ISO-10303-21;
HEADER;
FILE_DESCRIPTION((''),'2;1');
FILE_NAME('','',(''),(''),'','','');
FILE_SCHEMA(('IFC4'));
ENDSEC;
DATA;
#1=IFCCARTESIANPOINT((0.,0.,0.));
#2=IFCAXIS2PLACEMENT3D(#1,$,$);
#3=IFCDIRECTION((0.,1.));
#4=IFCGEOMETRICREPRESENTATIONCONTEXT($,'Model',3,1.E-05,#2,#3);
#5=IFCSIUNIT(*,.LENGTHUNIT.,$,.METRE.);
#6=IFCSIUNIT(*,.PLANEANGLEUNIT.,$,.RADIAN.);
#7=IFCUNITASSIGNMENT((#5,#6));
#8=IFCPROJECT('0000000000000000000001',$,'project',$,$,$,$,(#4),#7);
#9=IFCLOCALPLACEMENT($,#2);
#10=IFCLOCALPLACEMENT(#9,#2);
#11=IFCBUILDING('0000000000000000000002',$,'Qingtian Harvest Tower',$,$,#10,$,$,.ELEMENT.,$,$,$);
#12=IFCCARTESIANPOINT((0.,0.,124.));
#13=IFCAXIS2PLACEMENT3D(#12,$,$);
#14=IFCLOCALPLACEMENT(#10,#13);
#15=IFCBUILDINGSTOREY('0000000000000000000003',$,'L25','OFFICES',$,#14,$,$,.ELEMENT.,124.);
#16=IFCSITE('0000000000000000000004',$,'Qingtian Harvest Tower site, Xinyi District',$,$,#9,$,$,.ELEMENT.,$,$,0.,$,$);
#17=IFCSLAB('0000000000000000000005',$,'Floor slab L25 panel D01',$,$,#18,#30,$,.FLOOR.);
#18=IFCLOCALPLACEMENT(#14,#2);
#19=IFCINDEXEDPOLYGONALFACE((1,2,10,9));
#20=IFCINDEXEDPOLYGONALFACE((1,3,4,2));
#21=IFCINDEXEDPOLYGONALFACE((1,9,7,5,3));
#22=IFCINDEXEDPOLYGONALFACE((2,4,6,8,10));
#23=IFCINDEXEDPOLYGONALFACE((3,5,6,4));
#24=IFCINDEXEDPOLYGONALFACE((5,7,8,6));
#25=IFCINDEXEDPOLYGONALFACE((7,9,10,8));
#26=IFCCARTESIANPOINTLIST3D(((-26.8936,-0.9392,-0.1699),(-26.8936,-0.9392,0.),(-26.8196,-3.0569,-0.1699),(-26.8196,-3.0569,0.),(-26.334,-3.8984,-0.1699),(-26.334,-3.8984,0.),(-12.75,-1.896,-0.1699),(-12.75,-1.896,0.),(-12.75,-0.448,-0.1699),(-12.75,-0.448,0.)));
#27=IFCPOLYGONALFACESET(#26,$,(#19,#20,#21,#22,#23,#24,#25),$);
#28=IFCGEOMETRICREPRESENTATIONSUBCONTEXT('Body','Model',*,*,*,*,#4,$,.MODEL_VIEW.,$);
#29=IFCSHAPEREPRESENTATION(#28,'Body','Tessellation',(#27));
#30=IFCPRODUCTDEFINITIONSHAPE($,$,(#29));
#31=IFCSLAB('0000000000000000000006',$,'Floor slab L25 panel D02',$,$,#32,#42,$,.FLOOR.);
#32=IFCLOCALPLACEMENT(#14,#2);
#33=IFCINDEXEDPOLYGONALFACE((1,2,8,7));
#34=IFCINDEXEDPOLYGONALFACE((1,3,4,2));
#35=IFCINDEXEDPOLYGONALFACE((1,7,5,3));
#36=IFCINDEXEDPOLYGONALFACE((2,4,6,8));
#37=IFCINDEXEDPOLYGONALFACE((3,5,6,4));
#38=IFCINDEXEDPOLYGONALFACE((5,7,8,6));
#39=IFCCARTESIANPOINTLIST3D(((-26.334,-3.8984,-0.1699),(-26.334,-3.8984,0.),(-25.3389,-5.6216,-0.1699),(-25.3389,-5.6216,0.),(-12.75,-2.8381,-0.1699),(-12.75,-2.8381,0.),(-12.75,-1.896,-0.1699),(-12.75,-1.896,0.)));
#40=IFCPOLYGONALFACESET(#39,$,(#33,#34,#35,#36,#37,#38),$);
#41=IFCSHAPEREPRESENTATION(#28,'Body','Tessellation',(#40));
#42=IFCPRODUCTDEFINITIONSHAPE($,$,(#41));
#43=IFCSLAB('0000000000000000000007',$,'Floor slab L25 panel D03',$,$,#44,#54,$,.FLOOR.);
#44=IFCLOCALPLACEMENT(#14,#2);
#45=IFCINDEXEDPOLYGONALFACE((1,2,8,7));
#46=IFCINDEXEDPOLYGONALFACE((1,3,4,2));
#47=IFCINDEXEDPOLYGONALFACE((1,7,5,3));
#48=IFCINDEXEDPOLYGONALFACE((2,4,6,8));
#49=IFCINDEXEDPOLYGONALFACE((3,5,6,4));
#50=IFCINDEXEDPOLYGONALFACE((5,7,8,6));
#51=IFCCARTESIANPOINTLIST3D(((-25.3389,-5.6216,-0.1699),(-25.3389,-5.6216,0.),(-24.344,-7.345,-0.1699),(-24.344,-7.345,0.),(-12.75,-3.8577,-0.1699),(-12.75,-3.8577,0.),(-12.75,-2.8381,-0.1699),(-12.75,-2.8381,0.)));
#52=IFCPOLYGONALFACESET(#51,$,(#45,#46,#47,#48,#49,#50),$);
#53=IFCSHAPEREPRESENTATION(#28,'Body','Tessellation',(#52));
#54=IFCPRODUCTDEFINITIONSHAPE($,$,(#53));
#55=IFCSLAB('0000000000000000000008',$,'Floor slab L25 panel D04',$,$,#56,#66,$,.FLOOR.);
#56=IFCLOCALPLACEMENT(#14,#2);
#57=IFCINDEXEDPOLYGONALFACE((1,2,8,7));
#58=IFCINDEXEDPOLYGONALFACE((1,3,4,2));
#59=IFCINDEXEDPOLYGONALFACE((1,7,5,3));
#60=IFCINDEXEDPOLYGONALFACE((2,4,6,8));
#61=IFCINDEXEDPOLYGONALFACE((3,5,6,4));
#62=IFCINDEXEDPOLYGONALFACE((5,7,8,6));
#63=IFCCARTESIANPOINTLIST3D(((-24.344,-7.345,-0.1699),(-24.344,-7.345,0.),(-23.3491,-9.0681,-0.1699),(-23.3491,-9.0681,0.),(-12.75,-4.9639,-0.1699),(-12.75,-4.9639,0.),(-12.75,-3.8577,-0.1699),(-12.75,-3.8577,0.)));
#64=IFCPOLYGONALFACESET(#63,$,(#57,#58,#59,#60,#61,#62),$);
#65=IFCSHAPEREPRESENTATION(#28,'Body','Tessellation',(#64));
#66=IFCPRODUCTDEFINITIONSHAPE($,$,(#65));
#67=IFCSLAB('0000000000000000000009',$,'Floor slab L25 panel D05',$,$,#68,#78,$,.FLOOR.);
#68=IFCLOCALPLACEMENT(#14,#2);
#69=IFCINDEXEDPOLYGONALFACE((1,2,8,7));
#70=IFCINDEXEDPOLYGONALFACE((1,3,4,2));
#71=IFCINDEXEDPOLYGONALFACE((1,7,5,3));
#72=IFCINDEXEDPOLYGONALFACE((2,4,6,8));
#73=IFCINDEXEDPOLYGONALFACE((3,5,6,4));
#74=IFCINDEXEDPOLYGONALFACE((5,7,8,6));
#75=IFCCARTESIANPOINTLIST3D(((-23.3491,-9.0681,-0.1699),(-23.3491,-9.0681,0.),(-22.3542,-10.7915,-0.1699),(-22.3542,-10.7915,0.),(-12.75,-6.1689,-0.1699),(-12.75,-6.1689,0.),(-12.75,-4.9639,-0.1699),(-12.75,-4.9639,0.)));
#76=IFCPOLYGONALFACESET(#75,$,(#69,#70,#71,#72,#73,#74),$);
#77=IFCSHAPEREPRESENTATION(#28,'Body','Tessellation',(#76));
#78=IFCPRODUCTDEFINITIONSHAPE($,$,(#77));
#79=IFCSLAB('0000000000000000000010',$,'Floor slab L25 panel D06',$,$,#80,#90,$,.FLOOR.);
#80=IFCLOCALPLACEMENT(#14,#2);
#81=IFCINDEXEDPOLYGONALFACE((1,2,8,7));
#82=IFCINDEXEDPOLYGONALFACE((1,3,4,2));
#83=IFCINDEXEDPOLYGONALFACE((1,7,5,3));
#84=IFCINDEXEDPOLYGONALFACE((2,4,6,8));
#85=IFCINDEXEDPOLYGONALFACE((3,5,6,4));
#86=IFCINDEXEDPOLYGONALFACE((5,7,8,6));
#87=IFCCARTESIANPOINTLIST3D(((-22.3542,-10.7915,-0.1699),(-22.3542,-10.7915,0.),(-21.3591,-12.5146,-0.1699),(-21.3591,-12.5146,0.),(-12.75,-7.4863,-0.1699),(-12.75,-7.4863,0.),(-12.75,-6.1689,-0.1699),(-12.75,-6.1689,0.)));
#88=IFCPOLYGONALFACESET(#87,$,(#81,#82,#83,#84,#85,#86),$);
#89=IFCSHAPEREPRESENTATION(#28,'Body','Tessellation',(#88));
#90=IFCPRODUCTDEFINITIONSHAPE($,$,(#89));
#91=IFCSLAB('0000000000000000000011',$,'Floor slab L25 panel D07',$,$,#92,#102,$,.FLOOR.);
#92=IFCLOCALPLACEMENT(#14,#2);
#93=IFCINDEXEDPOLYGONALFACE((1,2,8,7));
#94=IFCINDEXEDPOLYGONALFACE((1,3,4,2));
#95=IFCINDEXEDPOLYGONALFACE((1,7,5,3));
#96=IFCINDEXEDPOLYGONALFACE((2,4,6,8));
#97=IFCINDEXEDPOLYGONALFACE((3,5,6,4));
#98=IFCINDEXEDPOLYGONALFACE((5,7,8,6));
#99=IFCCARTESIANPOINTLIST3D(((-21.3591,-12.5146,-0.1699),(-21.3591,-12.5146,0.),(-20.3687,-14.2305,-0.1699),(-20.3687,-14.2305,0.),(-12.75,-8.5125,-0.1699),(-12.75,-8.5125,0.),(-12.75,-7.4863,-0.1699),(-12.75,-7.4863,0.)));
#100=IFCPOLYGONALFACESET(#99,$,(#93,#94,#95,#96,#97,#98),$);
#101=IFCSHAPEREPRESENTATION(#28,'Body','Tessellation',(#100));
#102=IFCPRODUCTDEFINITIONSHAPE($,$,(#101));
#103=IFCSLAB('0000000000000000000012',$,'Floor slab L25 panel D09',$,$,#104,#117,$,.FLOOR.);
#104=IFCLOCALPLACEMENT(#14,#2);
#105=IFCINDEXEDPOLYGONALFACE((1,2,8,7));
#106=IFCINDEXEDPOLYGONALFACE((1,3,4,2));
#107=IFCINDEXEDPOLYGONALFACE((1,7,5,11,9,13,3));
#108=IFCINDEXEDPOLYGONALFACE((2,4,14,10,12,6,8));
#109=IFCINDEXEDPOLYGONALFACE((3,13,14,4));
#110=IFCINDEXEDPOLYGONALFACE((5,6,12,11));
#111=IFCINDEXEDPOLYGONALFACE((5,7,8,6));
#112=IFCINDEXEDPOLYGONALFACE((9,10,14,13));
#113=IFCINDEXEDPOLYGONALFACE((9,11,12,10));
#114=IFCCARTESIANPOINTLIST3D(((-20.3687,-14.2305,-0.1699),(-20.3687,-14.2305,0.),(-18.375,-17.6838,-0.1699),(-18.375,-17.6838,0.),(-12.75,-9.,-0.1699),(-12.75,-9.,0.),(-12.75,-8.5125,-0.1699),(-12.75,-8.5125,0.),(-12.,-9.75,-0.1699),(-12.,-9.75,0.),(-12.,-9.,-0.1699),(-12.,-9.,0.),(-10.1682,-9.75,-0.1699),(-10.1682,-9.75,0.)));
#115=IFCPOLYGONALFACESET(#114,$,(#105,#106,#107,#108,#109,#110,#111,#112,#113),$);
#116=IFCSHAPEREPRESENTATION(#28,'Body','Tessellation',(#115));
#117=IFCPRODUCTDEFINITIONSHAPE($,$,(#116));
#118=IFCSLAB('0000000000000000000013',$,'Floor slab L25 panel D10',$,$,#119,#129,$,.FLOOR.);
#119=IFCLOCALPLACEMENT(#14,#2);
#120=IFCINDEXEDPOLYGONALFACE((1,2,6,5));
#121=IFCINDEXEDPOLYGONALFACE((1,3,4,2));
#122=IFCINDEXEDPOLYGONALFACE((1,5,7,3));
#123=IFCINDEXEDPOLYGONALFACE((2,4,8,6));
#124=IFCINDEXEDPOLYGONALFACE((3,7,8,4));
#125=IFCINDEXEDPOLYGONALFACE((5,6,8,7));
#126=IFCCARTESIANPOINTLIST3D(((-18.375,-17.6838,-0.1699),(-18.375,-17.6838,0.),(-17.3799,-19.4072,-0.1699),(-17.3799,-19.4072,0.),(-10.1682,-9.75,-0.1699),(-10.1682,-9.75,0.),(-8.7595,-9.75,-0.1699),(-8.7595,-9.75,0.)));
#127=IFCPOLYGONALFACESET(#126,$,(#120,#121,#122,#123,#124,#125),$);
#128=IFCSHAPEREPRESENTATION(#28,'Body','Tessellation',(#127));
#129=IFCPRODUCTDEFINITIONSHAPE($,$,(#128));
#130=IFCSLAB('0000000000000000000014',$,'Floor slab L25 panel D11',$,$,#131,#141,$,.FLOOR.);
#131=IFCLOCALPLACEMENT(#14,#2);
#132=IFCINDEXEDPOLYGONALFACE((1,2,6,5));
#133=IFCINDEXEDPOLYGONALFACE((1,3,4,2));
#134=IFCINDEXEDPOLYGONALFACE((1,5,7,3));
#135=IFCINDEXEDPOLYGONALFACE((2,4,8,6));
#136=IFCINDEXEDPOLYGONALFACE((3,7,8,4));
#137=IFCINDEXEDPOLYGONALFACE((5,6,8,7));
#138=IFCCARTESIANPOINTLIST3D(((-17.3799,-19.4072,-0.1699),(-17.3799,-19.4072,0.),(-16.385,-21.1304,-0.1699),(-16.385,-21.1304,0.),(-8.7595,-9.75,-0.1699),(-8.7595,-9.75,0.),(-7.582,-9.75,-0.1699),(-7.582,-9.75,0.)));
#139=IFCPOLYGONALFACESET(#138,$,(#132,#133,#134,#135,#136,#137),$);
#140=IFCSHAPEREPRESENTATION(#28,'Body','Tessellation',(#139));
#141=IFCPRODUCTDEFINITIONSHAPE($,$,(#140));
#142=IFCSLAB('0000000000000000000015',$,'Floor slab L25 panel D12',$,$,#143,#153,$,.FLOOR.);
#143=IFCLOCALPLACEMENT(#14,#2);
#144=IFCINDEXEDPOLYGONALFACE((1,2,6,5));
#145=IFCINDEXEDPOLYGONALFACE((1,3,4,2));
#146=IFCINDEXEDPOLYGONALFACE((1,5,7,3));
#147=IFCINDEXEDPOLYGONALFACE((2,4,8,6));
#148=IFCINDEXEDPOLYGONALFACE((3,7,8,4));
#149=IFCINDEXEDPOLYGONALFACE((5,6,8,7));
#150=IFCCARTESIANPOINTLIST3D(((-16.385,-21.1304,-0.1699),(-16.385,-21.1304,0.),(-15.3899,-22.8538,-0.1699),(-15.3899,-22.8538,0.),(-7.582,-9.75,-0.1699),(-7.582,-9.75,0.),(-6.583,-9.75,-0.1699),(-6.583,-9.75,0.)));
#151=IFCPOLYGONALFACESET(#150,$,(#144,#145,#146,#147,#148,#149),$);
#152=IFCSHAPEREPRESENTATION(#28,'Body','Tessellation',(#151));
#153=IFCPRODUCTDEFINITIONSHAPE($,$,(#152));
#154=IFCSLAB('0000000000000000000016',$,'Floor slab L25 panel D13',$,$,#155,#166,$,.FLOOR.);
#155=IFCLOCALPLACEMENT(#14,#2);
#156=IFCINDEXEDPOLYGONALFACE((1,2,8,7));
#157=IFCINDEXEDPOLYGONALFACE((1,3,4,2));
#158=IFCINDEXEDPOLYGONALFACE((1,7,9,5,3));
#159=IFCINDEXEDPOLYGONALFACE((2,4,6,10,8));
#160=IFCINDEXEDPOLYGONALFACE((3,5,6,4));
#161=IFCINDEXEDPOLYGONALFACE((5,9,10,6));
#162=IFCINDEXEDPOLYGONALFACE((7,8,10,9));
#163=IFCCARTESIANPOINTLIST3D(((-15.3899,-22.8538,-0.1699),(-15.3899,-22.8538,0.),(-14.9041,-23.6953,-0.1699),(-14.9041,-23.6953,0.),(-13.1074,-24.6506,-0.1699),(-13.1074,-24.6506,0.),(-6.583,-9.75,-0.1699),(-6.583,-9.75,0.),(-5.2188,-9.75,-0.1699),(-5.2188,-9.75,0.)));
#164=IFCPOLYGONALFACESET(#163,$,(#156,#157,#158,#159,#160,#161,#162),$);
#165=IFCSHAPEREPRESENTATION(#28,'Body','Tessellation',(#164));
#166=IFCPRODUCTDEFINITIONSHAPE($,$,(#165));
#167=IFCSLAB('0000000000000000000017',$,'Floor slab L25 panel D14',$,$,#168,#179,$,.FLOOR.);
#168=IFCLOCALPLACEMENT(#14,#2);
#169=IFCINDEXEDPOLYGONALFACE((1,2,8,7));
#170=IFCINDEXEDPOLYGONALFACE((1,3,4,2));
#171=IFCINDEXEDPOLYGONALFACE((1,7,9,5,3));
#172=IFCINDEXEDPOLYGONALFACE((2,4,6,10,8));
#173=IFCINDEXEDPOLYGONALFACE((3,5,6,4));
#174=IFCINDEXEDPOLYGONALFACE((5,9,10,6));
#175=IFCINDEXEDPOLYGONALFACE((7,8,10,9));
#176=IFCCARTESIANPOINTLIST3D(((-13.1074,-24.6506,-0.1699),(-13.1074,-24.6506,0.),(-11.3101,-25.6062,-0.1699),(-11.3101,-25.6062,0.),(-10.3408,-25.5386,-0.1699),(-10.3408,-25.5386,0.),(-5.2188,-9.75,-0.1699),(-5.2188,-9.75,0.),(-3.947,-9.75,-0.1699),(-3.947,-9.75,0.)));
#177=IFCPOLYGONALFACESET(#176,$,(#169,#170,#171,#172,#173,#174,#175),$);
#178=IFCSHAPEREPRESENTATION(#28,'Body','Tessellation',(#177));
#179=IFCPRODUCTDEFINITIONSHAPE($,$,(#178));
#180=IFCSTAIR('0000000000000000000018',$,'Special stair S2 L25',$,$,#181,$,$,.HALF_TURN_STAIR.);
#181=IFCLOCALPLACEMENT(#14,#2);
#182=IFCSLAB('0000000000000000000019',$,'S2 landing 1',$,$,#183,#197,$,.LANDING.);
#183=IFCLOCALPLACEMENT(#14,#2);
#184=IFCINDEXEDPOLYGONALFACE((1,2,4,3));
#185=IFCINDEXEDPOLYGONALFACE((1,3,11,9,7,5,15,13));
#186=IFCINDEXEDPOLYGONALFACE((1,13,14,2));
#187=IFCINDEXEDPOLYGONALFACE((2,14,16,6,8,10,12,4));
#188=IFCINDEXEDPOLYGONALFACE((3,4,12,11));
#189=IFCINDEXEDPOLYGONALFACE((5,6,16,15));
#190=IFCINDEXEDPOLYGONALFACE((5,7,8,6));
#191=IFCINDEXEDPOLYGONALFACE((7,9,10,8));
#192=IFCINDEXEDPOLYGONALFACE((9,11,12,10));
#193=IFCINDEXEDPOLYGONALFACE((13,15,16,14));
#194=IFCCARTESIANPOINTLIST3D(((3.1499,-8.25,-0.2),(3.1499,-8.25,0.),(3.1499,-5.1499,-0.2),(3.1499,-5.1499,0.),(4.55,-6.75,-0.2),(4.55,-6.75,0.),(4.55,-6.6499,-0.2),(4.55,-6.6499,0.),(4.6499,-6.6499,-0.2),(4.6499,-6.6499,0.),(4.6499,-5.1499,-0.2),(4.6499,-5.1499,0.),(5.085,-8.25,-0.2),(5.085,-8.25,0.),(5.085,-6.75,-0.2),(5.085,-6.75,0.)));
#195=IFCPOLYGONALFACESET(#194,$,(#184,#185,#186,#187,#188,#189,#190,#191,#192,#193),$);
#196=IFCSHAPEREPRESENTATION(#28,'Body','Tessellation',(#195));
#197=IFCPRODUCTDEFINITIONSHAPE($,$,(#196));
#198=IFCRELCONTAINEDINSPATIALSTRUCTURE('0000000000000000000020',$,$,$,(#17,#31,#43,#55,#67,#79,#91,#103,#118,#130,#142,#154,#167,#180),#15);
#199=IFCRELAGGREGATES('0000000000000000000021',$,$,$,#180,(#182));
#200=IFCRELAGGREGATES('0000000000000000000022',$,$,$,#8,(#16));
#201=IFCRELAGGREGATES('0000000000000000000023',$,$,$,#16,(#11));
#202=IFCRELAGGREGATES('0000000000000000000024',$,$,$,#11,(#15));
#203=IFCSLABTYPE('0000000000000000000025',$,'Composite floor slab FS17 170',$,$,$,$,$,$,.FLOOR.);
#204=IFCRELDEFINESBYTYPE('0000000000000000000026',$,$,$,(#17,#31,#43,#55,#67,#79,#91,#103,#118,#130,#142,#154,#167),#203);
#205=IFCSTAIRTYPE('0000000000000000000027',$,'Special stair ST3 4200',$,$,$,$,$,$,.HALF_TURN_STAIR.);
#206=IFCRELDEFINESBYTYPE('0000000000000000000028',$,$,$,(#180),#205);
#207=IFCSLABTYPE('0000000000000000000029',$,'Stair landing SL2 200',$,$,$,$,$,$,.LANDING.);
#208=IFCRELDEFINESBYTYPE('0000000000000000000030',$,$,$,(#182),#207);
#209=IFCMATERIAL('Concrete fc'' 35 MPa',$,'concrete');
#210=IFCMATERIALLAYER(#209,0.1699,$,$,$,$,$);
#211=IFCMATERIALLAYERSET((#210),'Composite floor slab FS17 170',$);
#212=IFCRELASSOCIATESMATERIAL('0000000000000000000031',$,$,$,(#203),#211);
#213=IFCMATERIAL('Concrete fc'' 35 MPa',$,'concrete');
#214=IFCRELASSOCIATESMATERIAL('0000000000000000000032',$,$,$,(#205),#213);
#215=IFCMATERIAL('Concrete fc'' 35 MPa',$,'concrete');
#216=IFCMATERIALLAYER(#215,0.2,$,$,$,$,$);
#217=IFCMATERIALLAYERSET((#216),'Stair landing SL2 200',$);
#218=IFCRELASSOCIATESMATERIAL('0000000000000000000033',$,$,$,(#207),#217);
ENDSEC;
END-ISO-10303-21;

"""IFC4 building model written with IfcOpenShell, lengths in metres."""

from ifc_helpers import new_model, si_unit, direction, frame, origin, place, context, subcontext, project, spatial, polyline, outline, extrude, material, layer, layer_set, type_object, element, aggregate, save


model = new_model("IFC4")

# Units and contexts
model_context = context("Model", 3, precision=1e-05, world=origin(), true_north=direction((0.0, 1.0)))
body_context = subcontext(model_context, "Body", "Model", "MODEL_VIEW")
ifc_project = project(units=[si_unit("LENGTHUNIT", "METRE"), si_unit("PLANEANGLEUNIT", "RADIAN")], contexts=[model_context])

# Site, building, storey
site_placement = place(None, origin())
site = spatial("IfcSite", under=ifc_project, at=site_placement, Name="Qingtian Harvest Tower site, Xinyi District", CompositionType="ELEMENT", RefElevation=0.0)
building_placement = place(site_placement, origin())
building = spatial("IfcBuilding", under=site, at=building_placement, Name="Qingtian Harvest Tower", CompositionType="ELEMENT")
storey_placement = place(building_placement, frame((0.0, 0.0, 124.0)))
storey = spatial("IfcBuildingStorey", under=building, at=storey_placement, Name="L25", Description="OFFICES", CompositionType="ELEMENT", Elevation=124.0)

# Slabs
ifc_material_1 = material(Name="Concrete fc' 35 MPa", Category="concrete")
ifc_layer_1 = layer(ifc_material_1, 0.1699)
ifc_layer_set_1 = layer_set([ifc_layer_1], Name="Composite floor slab FS17 170")
slab_type_1 = type_object("IfcSlabType", Name="Composite floor slab FS17 170", PredefinedType="FLOOR", material=ifc_layer_set_1)
slab_1_placement = place(storey_placement, frame((0.0, 0.0, -0.1699)))
element("IfcSlab", 1, at=slab_1_placement, inside=storey, type_object=slab_type_1, Name="Floor slab L25 panel D01", PredefinedType="FLOOR", context=body_context, shape_type="SweptSolid", body=[
    extrude(outline(polyline([(-26.8936, -0.9392), (-12.75, -0.448), (-12.75, -1.896), (-26.334, -3.8984), (-26.8196, -3.0569), (-26.8936, -0.9392)])), origin(), (0.0, 0.0, 1.0), 0.1699),
])
slab_2_placement = place(storey_placement, frame((0.0, 0.0, -0.1699)))
element("IfcSlab", 2, at=slab_2_placement, inside=storey, type_object=slab_type_1, Name="Floor slab L25 panel D02", PredefinedType="FLOOR", context=body_context, shape_type="SweptSolid", body=[
    extrude(outline(polyline([(-12.75, -2.8381), (-25.3389, -5.6216), (-26.334, -3.8984), (-12.75, -1.896), (-12.75, -2.8381)])), origin(), (0.0, 0.0, 1.0), 0.1699),
])
slab_3_placement = place(storey_placement, frame((0.0, 0.0, -0.1699)))
element("IfcSlab", 3, at=slab_3_placement, inside=storey, type_object=slab_type_1, Name="Floor slab L25 panel D03", PredefinedType="FLOOR", context=body_context, shape_type="SweptSolid", body=[
    extrude(outline(polyline([(-12.75, -3.8577), (-24.344, -7.345), (-25.3389, -5.6216), (-12.75, -2.8381), (-12.75, -3.8577)])), origin(), (0.0, 0.0, 1.0), 0.1699),
])
slab_4_placement = place(storey_placement, frame((0.0, 0.0, -0.1699)))
element("IfcSlab", 4, at=slab_4_placement, inside=storey, type_object=slab_type_1, Name="Floor slab L25 panel D04", PredefinedType="FLOOR", context=body_context, shape_type="SweptSolid", body=[
    extrude(outline(polyline([(-12.75, -4.9639), (-23.3491, -9.0681), (-24.344, -7.345), (-12.75, -3.8577), (-12.75, -4.9639)])), origin(), (0.0, 0.0, 1.0), 0.1699),
])
slab_5_placement = place(storey_placement, frame((0.0, 0.0, -0.1699)))
element("IfcSlab", 5, at=slab_5_placement, inside=storey, type_object=slab_type_1, Name="Floor slab L25 panel D05", PredefinedType="FLOOR", context=body_context, shape_type="SweptSolid", body=[
    extrude(outline(polyline([(-12.75, -6.1689), (-22.3542, -10.7915), (-23.3491, -9.0681), (-12.75, -4.9639), (-12.75, -6.1689)])), origin(), (0.0, 0.0, 1.0), 0.1699),
])
slab_6_placement = place(storey_placement, frame((0.0, 0.0, -0.1699)))
element("IfcSlab", 6, at=slab_6_placement, inside=storey, type_object=slab_type_1, Name="Floor slab L25 panel D06", PredefinedType="FLOOR", context=body_context, shape_type="SweptSolid", body=[
    extrude(outline(polyline([(-12.75, -7.4863), (-21.3591, -12.5146), (-22.3542, -10.7915), (-12.75, -6.1689), (-12.75, -7.4863)])), origin(), (0.0, 0.0, 1.0), 0.1699),
])
slab_7_placement = place(storey_placement, frame((0.0, 0.0, -0.1699)))
element("IfcSlab", 7, at=slab_7_placement, inside=storey, type_object=slab_type_1, Name="Floor slab L25 panel D07", PredefinedType="FLOOR", context=body_context, shape_type="SweptSolid", body=[
    extrude(outline(polyline([(-12.75, -8.5125), (-20.3687, -14.2305), (-21.3591, -12.5146), (-12.75, -7.4863), (-12.75, -8.5125)])), origin(), (0.0, 0.0, 1.0), 0.1699),
])
slab_8_placement = place(storey_placement, frame((0.0, 0.0, -0.1699)))
element("IfcSlab", 8, at=slab_8_placement, inside=storey, type_object=slab_type_1, Name="Floor slab L25 panel D09", PredefinedType="FLOOR", context=body_context, shape_type="SweptSolid", body=[
    extrude(outline(polyline([(-18.375, -17.6838), (-20.3687, -14.2305), (-12.75, -8.5125), (-12.75, -9.0), (-12.0, -9.0), (-12.0, -9.75), (-10.1682, -9.75), (-18.375, -17.6838)])), origin(), (0.0, 0.0, 1.0), 0.1699),
])
slab_9_placement = place(storey_placement, frame((0.0, 0.0, -0.1699)))
element("IfcSlab", 9, at=slab_9_placement, inside=storey, type_object=slab_type_1, Name="Floor slab L25 panel D10", PredefinedType="FLOOR", context=body_context, shape_type="SweptSolid", body=[
    extrude(outline(polyline([(-8.7595, -9.75), (-17.3799, -19.4072), (-18.375, -17.6838), (-10.1682, -9.75), (-8.7595, -9.75)])), origin(), (0.0, 0.0, 1.0), 0.1699),
])
slab_10_placement = place(storey_placement, frame((0.0, 0.0, -0.1699)))
element("IfcSlab", 10, at=slab_10_placement, inside=storey, type_object=slab_type_1, Name="Floor slab L25 panel D11", PredefinedType="FLOOR", context=body_context, shape_type="SweptSolid", body=[
    extrude(outline(polyline([(-7.582, -9.75), (-16.385, -21.1304), (-17.3799, -19.4072), (-8.7595, -9.75), (-7.582, -9.75)])), origin(), (0.0, 0.0, 1.0), 0.1699),
])
slab_11_placement = place(storey_placement, frame((0.0, 0.0, -0.1699)))
element("IfcSlab", 11, at=slab_11_placement, inside=storey, type_object=slab_type_1, Name="Floor slab L25 panel D12", PredefinedType="FLOOR", context=body_context, shape_type="SweptSolid", body=[
    extrude(outline(polyline([(-6.583, -9.75), (-15.3899, -22.8538), (-16.385, -21.1304), (-7.582, -9.75), (-6.583, -9.75)])), origin(), (0.0, 0.0, 1.0), 0.1699),
])
slab_12_placement = place(storey_placement, frame((0.0, 0.0, -0.1699)))
element("IfcSlab", 12, at=slab_12_placement, inside=storey, type_object=slab_type_1, Name="Floor slab L25 panel D13", PredefinedType="FLOOR", context=body_context, shape_type="SweptSolid", body=[
    extrude(outline(polyline([(-6.583, -9.75), (-5.2188, -9.75), (-13.1074, -24.6506), (-14.9041, -23.6953), (-15.3899, -22.8538), (-6.583, -9.75)])), origin(), (0.0, 0.0, 1.0), 0.1699),
])
slab_13_placement = place(storey_placement, frame((0.0, 0.0, -0.1699)))
element("IfcSlab", 13, at=slab_13_placement, inside=storey, type_object=slab_type_1, Name="Floor slab L25 panel D14", PredefinedType="FLOOR", context=body_context, shape_type="SweptSolid", body=[
    extrude(outline(polyline([(-5.2188, -9.75), (-3.947, -9.75), (-10.3408, -25.5386), (-11.3101, -25.6062), (-13.1074, -24.6506), (-5.2188, -9.75)])), origin(), (0.0, 0.0, 1.0), 0.1699),
])

# Stair, slab
ifc_material_2 = material(Name="Concrete fc' 35 MPa", Category="concrete")
stair_type = type_object("IfcStairType", Name="Special stair ST3 4200", PredefinedType="HALF_TURN_STAIR", material=ifc_material_2)
stair_placement = place(storey_placement, origin())
stair = element("IfcStair", 14, at=stair_placement, inside=storey, type_object=stair_type, Name="Special stair S2 L25", PredefinedType="HALF_TURN_STAIR")
ifc_material_3 = material(Name="Concrete fc' 35 MPa", Category="concrete")
ifc_layer_2 = layer(ifc_material_3, 0.2)
ifc_layer_set_2 = layer_set([ifc_layer_2], Name="Stair landing SL2 200")
slab_type_2 = type_object("IfcSlabType", Name="Stair landing SL2 200", PredefinedType="LANDING", material=ifc_layer_set_2)
slab_14_placement = place(storey_placement, frame((0.0, 0.0, -0.2)))
slab_14 = element("IfcSlab", 15, at=slab_14_placement, type_object=slab_type_2, Name="S2 landing 1", PredefinedType="LANDING", context=body_context, shape_type="SweptSolid", body=[
    extrude(outline(polyline([(5.085, -8.25), (3.1499, -8.25), (3.1499, -5.1499), (4.6499, -5.1499), (4.6499, -6.6499), (4.55, -6.6499), (4.55, -6.75), (5.085, -6.75), (5.085, -8.25)])), origin(), (0.0, 0.0, 1.0), 0.2),
])
aggregate(stair, [slab_14])

save(model, "model.ifc")
